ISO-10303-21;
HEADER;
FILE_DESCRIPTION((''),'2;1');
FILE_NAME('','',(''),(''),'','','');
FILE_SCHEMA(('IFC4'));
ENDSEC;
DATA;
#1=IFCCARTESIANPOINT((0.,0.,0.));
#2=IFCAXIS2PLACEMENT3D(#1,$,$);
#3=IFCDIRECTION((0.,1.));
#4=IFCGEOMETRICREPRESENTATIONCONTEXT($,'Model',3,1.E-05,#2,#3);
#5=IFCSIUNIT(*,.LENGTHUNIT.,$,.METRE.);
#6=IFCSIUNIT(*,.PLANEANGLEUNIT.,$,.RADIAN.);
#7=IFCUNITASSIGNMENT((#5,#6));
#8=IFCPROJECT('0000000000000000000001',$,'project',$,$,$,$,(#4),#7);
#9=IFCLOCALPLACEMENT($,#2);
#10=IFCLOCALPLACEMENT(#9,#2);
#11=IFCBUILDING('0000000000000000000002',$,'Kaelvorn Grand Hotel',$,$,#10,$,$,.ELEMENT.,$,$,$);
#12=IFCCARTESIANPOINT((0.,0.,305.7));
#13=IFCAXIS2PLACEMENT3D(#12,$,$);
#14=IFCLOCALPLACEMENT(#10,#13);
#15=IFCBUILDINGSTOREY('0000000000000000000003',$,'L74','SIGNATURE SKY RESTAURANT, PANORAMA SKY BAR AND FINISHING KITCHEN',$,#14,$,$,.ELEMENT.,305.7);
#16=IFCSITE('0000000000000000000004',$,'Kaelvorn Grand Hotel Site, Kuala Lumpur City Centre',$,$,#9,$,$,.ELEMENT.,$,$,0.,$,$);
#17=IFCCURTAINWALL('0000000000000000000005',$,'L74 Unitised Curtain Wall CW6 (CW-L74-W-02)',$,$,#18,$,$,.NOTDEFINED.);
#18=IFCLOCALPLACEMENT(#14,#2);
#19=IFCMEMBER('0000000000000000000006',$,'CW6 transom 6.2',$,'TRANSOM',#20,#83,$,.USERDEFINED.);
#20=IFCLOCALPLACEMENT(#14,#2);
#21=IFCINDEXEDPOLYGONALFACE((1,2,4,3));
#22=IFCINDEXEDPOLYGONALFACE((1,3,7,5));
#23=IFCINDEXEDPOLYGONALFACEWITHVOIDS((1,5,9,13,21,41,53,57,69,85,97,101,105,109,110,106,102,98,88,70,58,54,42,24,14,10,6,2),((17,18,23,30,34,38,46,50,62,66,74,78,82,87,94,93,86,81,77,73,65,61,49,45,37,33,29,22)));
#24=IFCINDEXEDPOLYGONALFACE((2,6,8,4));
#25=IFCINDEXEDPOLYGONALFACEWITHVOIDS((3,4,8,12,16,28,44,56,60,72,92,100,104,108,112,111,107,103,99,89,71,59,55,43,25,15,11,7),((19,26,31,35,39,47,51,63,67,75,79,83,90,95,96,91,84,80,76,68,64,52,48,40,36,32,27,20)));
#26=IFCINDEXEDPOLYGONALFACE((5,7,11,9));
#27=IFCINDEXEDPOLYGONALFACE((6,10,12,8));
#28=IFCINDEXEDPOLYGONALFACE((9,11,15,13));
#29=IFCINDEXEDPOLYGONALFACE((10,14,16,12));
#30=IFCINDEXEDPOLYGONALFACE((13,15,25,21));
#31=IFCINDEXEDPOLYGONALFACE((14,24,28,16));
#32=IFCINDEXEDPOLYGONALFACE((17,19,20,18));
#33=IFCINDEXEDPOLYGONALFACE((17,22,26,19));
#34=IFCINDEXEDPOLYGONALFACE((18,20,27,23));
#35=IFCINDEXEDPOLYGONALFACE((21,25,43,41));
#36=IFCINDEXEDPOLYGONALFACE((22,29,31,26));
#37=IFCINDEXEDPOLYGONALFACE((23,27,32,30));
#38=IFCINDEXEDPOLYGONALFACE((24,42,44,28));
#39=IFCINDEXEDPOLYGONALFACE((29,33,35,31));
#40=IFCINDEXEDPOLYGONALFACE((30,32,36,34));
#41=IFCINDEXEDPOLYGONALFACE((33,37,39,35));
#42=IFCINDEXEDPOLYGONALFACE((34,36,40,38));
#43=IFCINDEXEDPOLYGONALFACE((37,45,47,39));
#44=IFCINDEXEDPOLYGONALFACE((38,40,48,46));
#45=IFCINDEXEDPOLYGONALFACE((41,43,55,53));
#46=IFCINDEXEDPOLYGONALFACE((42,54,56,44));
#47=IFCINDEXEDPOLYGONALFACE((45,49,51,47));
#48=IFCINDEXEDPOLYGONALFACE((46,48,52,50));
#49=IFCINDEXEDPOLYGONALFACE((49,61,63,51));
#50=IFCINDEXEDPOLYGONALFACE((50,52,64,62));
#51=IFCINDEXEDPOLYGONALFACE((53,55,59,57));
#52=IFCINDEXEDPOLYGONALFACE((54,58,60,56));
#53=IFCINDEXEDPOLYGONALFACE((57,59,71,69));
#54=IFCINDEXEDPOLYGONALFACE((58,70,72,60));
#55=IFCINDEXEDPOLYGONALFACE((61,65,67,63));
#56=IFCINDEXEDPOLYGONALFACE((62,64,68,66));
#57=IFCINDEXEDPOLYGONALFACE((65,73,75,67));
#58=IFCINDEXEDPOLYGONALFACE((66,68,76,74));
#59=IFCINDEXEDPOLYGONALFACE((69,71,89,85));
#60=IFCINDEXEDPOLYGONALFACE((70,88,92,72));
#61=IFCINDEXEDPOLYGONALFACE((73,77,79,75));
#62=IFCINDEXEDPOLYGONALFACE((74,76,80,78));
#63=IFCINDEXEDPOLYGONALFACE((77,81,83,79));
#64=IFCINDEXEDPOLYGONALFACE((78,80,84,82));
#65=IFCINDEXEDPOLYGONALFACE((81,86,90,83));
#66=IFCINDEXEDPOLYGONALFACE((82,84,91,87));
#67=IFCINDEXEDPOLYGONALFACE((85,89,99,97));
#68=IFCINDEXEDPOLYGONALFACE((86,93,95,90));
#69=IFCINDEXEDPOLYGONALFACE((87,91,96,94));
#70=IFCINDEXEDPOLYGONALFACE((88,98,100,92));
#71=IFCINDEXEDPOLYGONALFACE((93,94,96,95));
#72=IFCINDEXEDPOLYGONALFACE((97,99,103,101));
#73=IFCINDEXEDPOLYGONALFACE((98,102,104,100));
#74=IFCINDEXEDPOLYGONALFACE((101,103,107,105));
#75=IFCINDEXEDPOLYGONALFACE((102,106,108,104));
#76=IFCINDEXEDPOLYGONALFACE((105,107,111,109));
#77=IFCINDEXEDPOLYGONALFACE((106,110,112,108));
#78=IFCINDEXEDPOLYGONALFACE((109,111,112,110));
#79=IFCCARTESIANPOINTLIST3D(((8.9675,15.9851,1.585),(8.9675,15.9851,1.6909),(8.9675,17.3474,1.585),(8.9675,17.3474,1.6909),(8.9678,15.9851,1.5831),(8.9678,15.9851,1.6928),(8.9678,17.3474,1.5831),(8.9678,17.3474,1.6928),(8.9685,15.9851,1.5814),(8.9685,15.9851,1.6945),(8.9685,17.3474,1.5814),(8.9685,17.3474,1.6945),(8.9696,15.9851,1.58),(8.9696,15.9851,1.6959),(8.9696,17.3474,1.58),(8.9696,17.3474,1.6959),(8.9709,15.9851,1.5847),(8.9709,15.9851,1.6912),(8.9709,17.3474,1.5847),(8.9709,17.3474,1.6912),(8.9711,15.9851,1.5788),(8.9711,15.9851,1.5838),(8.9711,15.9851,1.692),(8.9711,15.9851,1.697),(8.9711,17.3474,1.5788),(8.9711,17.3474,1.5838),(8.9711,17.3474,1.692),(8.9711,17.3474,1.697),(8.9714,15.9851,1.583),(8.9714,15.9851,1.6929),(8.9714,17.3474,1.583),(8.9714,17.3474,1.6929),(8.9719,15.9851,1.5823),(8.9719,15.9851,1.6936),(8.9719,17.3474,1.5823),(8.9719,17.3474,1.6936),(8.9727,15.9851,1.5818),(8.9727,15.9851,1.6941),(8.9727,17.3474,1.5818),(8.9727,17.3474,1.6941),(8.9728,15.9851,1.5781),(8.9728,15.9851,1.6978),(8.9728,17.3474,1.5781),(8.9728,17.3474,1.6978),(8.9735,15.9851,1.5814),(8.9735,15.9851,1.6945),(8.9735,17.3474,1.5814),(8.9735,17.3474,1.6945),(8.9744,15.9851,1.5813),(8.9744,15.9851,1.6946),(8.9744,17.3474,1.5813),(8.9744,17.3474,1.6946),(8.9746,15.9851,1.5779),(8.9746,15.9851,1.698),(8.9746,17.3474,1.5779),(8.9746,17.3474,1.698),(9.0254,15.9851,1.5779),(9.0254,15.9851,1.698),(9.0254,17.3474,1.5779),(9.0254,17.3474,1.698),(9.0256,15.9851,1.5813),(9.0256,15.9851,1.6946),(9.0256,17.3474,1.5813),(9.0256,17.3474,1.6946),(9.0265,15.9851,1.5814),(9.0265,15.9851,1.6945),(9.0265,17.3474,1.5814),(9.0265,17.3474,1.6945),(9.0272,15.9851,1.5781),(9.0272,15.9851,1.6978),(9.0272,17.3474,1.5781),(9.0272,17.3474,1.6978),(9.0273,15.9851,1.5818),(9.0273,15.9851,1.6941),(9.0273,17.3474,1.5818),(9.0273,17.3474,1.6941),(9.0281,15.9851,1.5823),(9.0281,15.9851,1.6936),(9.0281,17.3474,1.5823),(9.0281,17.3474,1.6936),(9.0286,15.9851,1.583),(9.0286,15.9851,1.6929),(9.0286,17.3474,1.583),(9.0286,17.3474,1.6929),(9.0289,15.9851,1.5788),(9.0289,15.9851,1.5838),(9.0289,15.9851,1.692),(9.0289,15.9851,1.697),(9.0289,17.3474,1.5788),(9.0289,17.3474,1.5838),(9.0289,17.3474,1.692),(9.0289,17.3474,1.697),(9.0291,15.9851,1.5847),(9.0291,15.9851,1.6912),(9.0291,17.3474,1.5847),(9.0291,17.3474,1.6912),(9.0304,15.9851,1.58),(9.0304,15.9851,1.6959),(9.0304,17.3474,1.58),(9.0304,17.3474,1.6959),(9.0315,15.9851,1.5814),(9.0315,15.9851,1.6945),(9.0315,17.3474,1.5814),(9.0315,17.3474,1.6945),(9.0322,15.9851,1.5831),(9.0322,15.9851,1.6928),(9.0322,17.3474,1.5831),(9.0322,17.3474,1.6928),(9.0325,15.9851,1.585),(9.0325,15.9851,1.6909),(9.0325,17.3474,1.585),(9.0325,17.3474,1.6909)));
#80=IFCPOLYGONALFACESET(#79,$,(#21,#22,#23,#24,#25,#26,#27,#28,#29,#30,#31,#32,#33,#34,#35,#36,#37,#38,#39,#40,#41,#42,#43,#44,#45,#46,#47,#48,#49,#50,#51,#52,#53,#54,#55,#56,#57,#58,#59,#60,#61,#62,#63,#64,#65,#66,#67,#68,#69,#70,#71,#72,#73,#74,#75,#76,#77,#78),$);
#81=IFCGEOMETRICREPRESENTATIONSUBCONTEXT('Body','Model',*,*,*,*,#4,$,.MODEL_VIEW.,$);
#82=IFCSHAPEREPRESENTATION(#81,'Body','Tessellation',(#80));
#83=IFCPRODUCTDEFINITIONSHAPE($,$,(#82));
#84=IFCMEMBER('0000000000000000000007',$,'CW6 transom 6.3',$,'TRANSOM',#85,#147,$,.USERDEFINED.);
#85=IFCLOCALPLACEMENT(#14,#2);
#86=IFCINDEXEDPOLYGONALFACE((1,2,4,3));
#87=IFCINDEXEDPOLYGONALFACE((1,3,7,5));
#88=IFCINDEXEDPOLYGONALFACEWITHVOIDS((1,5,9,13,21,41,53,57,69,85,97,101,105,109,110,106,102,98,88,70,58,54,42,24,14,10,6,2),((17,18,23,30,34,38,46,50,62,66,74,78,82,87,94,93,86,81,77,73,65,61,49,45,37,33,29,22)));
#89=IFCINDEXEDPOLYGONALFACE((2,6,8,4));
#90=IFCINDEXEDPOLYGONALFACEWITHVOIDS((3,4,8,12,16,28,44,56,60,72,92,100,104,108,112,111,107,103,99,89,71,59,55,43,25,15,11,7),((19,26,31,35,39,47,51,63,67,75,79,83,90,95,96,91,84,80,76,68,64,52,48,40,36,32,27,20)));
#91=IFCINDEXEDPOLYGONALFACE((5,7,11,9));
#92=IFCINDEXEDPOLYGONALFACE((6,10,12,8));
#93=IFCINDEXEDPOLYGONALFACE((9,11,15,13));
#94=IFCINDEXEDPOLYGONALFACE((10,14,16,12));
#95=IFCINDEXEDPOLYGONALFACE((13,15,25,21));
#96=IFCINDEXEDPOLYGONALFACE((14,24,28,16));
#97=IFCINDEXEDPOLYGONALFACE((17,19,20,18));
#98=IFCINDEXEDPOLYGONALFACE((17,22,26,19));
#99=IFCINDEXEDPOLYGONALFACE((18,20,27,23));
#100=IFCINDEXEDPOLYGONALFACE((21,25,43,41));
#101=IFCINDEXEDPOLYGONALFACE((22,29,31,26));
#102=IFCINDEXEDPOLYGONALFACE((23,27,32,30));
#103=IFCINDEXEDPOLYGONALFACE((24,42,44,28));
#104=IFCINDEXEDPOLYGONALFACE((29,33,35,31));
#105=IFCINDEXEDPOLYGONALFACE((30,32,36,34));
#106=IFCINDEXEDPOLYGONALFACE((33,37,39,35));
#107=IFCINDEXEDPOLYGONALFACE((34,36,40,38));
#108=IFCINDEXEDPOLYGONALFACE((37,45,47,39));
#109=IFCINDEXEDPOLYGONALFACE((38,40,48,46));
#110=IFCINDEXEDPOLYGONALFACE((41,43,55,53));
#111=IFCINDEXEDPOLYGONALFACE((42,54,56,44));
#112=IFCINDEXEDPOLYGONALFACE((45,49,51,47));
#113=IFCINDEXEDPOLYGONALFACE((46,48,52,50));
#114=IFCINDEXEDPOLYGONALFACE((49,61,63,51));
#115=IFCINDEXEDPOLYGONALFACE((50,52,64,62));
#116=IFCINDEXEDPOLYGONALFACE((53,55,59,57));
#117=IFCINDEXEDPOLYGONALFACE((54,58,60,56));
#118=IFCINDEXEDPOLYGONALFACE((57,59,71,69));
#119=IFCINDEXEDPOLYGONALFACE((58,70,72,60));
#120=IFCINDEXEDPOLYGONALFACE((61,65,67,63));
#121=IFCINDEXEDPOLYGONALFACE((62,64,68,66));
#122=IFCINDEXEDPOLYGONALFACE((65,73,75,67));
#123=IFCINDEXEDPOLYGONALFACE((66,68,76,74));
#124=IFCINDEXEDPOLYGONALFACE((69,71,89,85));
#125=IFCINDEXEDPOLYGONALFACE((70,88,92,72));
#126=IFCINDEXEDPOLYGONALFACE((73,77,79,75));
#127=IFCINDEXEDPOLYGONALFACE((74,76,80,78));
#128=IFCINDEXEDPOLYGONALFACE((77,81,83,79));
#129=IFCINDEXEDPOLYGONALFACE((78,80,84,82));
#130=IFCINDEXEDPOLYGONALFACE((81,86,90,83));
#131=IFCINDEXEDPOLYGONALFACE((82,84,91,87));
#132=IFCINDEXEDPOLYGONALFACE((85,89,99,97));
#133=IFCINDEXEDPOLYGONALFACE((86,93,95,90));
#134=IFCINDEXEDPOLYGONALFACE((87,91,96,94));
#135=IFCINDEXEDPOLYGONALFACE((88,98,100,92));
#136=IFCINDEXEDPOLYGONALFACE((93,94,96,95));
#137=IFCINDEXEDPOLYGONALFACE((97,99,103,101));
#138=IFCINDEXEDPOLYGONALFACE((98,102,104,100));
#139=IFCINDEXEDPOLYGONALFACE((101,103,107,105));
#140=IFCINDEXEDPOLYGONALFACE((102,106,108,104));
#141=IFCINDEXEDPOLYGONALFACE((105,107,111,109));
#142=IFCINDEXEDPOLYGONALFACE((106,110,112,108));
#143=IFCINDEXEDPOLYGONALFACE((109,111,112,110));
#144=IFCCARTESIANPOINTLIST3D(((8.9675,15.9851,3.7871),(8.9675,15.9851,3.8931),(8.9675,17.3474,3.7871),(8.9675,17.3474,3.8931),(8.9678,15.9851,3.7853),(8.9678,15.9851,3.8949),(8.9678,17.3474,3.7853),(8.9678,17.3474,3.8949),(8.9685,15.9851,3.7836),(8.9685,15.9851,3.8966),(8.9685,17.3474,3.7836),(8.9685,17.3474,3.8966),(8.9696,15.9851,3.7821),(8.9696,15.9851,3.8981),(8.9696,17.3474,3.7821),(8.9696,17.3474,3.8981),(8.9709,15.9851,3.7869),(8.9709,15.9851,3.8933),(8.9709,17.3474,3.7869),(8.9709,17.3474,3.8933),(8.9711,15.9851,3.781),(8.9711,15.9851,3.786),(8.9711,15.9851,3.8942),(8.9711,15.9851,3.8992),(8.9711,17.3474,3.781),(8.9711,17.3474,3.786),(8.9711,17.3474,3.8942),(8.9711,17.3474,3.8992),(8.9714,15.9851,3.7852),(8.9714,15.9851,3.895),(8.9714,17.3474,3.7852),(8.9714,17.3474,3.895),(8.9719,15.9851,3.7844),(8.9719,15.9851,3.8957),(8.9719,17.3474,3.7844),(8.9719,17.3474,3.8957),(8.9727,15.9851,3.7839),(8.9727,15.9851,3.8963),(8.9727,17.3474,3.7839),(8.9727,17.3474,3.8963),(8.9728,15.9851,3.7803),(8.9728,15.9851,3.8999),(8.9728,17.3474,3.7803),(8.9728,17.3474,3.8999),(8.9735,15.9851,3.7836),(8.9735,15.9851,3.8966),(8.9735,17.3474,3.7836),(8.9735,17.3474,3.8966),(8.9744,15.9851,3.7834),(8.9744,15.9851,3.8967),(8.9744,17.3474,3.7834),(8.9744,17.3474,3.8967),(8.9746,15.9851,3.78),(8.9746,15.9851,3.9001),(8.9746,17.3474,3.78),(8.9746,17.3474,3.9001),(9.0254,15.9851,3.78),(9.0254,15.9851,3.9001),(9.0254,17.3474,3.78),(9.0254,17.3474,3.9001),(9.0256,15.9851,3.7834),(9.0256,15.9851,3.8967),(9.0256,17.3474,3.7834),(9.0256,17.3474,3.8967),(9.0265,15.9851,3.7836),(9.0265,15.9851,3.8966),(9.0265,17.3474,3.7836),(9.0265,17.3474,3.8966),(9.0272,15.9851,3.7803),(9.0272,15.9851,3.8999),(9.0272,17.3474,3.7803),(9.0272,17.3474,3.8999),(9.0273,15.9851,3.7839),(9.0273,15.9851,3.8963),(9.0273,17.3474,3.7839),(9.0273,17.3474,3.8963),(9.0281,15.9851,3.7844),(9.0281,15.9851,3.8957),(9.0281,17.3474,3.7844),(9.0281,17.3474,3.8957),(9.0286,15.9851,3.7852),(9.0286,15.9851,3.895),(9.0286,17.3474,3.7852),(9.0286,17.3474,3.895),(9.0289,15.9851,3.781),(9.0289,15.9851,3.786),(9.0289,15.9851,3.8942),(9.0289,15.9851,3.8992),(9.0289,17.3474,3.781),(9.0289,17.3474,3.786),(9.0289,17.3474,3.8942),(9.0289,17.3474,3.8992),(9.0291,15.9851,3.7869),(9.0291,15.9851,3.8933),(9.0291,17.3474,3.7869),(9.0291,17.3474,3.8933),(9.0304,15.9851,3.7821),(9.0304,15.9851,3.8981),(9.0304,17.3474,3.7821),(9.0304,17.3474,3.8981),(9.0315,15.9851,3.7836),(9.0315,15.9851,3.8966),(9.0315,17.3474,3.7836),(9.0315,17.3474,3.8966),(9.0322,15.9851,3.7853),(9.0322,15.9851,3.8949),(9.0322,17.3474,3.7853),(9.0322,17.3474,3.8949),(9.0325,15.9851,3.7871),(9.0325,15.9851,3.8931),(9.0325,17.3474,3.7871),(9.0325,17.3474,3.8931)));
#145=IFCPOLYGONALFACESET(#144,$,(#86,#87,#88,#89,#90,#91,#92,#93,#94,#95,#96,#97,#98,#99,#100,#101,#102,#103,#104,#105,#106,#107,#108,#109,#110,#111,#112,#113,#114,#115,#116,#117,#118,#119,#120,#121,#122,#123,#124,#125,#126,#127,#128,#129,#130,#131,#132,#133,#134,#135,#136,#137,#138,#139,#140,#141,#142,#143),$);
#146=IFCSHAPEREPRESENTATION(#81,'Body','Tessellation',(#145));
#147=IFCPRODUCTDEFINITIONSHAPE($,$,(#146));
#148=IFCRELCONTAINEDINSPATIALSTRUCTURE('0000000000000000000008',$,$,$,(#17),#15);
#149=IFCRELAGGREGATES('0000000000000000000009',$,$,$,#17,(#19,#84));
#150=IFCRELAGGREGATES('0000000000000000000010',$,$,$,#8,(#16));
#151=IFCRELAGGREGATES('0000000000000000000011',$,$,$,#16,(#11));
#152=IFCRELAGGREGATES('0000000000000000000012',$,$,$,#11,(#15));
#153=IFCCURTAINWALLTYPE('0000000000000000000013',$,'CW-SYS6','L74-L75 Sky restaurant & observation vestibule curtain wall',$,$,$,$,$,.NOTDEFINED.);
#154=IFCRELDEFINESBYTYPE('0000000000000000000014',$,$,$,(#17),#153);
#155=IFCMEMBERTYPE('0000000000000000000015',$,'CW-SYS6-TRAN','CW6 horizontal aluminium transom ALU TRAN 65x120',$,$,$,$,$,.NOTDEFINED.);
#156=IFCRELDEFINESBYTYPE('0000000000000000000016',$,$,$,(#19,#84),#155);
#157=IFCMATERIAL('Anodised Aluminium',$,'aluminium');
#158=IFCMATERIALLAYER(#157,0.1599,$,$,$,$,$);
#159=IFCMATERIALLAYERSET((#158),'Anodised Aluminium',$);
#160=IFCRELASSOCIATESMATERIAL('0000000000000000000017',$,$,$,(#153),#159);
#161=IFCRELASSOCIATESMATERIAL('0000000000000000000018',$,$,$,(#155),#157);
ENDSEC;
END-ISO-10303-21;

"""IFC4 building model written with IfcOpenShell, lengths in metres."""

from ifc_helpers import new_model, si_unit, direction, frame, origin, origin_2d, place, context, subcontext, project, spatial, hollow_rectangle, extrude, material, layer, layer_set, material_profile, profile_set, type_object, element, aggregate, save


model = new_model("IFC4")

# Units and contexts
model_context = context("Model", 3, precision=1e-05, world=origin(), true_north=direction((0.0, 1.0)))
body_context = subcontext(model_context, "Body", "Model", "MODEL_VIEW")
ifc_project = project(units=[si_unit("LENGTHUNIT", "METRE"), si_unit("PLANEANGLEUNIT", "RADIAN")], contexts=[model_context])

# Site, building, storey
site_placement = place(None, origin())
site = spatial("IfcSite", under=ifc_project, at=site_placement, Name="Kaelvorn Grand Hotel Site, Kuala Lumpur City Centre", CompositionType="ELEMENT", RefElevation=0.0)
building_placement = place(site_placement, origin())
building = spatial("IfcBuilding", under=site, at=building_placement, Name="Kaelvorn Grand Hotel", CompositionType="ELEMENT")
storey_placement = place(building_placement, frame((0.0, 0.0, 305.7)))
storey = spatial("IfcBuildingStorey", under=building, at=storey_placement, Name="L74", Description="SIGNATURE SKY RESTAURANT, PANORAMA SKY BAR AND FINISHING KITCHEN", CompositionType="ELEMENT", Elevation=305.7)

# Curtain wall
ifc_material_1 = material(Name="Anodised Aluminium", Category="aluminium")
ifc_layer_1 = layer(ifc_material_1, 0.1599)
ifc_layer_set_1 = layer_set([ifc_layer_1], Name="Anodised Aluminium")
curtain_wall_type = type_object("IfcCurtainWallType", Name="CW-SYS6", Description="L74-L75 Sky restaurant & observation vestibule curtain wall", PredefinedType="NOTDEFINED", material=ifc_layer_set_1)
curtain_wall_1_placement = place(storey_placement, origin())
curtain_wall_1 = element("IfcCurtainWall", 1, at=curtain_wall_1_placement, inside=storey, type_object=curtain_wall_type, Name="L74 Unitised Curtain Wall CW6 (CW-L74-W-02)", PredefinedType="NOTDEFINED")

# Members
ifc_material_profile_1 = material_profile(ifc_material_1, hollow_rectangle(XDim=0.0649, YDim=0.1201, WallThickness=0.0034, InnerFilletRadius=0.0034, OuterFilletRadius=0.0071, at=origin_2d()), Name="ALU TRAN 65x120")
ifc_profile_set_1 = profile_set([ifc_material_profile_1], Name="Anodised Aluminium")
member_type_1 = type_object("IfcMemberType", Name="CW-SYS6-TRAN", Description="CW6 horizontal aluminium transom ALU TRAN 65x120", PredefinedType="NOTDEFINED", material=ifc_profile_set_1)
member_1_placement = place(storey_placement, frame((9.0, 17.3474, 1.6379), z_axis=(0.0, -1.0, 0.0), x_axis=(1.0, 0.0, 0.0)))
member_1 = element("IfcMember", 2, at=member_1_placement, type_object=member_type_1, Name="CW6 transom 6.2", ObjectType="TRANSOM", PredefinedType="USERDEFINED", context=body_context, shape_type="SweptSolid", body=[
    extrude(hollow_rectangle(XDim=0.0649, YDim=0.1201, WallThickness=0.0034, InnerFilletRadius=0.0034, OuterFilletRadius=0.0071, at=origin_2d()), origin(), (0.0, 0.0, 1.0), 1.3623),
])
member_2_placement = place(storey_placement, frame((9.0, 17.3474, 3.8401), z_axis=(0.0, -1.0, 0.0), x_axis=(1.0, 0.0, 0.0)))
member_2 = element("IfcMember", 3, at=member_2_placement, type_object=member_type_1, Name="CW6 transom 6.3", ObjectType="TRANSOM", PredefinedType="USERDEFINED", context=body_context, shape_type="SweptSolid", body=[
    extrude(hollow_rectangle(XDim=0.0649, YDim=0.1201, WallThickness=0.0034, InnerFilletRadius=0.0034, OuterFilletRadius=0.0071, at=origin_2d()), origin(), (0.0, 0.0, 1.0), 1.3623),
])

aggregate(curtain_wall_1, [member_1, member_2])

save(model, "model.ifc")
